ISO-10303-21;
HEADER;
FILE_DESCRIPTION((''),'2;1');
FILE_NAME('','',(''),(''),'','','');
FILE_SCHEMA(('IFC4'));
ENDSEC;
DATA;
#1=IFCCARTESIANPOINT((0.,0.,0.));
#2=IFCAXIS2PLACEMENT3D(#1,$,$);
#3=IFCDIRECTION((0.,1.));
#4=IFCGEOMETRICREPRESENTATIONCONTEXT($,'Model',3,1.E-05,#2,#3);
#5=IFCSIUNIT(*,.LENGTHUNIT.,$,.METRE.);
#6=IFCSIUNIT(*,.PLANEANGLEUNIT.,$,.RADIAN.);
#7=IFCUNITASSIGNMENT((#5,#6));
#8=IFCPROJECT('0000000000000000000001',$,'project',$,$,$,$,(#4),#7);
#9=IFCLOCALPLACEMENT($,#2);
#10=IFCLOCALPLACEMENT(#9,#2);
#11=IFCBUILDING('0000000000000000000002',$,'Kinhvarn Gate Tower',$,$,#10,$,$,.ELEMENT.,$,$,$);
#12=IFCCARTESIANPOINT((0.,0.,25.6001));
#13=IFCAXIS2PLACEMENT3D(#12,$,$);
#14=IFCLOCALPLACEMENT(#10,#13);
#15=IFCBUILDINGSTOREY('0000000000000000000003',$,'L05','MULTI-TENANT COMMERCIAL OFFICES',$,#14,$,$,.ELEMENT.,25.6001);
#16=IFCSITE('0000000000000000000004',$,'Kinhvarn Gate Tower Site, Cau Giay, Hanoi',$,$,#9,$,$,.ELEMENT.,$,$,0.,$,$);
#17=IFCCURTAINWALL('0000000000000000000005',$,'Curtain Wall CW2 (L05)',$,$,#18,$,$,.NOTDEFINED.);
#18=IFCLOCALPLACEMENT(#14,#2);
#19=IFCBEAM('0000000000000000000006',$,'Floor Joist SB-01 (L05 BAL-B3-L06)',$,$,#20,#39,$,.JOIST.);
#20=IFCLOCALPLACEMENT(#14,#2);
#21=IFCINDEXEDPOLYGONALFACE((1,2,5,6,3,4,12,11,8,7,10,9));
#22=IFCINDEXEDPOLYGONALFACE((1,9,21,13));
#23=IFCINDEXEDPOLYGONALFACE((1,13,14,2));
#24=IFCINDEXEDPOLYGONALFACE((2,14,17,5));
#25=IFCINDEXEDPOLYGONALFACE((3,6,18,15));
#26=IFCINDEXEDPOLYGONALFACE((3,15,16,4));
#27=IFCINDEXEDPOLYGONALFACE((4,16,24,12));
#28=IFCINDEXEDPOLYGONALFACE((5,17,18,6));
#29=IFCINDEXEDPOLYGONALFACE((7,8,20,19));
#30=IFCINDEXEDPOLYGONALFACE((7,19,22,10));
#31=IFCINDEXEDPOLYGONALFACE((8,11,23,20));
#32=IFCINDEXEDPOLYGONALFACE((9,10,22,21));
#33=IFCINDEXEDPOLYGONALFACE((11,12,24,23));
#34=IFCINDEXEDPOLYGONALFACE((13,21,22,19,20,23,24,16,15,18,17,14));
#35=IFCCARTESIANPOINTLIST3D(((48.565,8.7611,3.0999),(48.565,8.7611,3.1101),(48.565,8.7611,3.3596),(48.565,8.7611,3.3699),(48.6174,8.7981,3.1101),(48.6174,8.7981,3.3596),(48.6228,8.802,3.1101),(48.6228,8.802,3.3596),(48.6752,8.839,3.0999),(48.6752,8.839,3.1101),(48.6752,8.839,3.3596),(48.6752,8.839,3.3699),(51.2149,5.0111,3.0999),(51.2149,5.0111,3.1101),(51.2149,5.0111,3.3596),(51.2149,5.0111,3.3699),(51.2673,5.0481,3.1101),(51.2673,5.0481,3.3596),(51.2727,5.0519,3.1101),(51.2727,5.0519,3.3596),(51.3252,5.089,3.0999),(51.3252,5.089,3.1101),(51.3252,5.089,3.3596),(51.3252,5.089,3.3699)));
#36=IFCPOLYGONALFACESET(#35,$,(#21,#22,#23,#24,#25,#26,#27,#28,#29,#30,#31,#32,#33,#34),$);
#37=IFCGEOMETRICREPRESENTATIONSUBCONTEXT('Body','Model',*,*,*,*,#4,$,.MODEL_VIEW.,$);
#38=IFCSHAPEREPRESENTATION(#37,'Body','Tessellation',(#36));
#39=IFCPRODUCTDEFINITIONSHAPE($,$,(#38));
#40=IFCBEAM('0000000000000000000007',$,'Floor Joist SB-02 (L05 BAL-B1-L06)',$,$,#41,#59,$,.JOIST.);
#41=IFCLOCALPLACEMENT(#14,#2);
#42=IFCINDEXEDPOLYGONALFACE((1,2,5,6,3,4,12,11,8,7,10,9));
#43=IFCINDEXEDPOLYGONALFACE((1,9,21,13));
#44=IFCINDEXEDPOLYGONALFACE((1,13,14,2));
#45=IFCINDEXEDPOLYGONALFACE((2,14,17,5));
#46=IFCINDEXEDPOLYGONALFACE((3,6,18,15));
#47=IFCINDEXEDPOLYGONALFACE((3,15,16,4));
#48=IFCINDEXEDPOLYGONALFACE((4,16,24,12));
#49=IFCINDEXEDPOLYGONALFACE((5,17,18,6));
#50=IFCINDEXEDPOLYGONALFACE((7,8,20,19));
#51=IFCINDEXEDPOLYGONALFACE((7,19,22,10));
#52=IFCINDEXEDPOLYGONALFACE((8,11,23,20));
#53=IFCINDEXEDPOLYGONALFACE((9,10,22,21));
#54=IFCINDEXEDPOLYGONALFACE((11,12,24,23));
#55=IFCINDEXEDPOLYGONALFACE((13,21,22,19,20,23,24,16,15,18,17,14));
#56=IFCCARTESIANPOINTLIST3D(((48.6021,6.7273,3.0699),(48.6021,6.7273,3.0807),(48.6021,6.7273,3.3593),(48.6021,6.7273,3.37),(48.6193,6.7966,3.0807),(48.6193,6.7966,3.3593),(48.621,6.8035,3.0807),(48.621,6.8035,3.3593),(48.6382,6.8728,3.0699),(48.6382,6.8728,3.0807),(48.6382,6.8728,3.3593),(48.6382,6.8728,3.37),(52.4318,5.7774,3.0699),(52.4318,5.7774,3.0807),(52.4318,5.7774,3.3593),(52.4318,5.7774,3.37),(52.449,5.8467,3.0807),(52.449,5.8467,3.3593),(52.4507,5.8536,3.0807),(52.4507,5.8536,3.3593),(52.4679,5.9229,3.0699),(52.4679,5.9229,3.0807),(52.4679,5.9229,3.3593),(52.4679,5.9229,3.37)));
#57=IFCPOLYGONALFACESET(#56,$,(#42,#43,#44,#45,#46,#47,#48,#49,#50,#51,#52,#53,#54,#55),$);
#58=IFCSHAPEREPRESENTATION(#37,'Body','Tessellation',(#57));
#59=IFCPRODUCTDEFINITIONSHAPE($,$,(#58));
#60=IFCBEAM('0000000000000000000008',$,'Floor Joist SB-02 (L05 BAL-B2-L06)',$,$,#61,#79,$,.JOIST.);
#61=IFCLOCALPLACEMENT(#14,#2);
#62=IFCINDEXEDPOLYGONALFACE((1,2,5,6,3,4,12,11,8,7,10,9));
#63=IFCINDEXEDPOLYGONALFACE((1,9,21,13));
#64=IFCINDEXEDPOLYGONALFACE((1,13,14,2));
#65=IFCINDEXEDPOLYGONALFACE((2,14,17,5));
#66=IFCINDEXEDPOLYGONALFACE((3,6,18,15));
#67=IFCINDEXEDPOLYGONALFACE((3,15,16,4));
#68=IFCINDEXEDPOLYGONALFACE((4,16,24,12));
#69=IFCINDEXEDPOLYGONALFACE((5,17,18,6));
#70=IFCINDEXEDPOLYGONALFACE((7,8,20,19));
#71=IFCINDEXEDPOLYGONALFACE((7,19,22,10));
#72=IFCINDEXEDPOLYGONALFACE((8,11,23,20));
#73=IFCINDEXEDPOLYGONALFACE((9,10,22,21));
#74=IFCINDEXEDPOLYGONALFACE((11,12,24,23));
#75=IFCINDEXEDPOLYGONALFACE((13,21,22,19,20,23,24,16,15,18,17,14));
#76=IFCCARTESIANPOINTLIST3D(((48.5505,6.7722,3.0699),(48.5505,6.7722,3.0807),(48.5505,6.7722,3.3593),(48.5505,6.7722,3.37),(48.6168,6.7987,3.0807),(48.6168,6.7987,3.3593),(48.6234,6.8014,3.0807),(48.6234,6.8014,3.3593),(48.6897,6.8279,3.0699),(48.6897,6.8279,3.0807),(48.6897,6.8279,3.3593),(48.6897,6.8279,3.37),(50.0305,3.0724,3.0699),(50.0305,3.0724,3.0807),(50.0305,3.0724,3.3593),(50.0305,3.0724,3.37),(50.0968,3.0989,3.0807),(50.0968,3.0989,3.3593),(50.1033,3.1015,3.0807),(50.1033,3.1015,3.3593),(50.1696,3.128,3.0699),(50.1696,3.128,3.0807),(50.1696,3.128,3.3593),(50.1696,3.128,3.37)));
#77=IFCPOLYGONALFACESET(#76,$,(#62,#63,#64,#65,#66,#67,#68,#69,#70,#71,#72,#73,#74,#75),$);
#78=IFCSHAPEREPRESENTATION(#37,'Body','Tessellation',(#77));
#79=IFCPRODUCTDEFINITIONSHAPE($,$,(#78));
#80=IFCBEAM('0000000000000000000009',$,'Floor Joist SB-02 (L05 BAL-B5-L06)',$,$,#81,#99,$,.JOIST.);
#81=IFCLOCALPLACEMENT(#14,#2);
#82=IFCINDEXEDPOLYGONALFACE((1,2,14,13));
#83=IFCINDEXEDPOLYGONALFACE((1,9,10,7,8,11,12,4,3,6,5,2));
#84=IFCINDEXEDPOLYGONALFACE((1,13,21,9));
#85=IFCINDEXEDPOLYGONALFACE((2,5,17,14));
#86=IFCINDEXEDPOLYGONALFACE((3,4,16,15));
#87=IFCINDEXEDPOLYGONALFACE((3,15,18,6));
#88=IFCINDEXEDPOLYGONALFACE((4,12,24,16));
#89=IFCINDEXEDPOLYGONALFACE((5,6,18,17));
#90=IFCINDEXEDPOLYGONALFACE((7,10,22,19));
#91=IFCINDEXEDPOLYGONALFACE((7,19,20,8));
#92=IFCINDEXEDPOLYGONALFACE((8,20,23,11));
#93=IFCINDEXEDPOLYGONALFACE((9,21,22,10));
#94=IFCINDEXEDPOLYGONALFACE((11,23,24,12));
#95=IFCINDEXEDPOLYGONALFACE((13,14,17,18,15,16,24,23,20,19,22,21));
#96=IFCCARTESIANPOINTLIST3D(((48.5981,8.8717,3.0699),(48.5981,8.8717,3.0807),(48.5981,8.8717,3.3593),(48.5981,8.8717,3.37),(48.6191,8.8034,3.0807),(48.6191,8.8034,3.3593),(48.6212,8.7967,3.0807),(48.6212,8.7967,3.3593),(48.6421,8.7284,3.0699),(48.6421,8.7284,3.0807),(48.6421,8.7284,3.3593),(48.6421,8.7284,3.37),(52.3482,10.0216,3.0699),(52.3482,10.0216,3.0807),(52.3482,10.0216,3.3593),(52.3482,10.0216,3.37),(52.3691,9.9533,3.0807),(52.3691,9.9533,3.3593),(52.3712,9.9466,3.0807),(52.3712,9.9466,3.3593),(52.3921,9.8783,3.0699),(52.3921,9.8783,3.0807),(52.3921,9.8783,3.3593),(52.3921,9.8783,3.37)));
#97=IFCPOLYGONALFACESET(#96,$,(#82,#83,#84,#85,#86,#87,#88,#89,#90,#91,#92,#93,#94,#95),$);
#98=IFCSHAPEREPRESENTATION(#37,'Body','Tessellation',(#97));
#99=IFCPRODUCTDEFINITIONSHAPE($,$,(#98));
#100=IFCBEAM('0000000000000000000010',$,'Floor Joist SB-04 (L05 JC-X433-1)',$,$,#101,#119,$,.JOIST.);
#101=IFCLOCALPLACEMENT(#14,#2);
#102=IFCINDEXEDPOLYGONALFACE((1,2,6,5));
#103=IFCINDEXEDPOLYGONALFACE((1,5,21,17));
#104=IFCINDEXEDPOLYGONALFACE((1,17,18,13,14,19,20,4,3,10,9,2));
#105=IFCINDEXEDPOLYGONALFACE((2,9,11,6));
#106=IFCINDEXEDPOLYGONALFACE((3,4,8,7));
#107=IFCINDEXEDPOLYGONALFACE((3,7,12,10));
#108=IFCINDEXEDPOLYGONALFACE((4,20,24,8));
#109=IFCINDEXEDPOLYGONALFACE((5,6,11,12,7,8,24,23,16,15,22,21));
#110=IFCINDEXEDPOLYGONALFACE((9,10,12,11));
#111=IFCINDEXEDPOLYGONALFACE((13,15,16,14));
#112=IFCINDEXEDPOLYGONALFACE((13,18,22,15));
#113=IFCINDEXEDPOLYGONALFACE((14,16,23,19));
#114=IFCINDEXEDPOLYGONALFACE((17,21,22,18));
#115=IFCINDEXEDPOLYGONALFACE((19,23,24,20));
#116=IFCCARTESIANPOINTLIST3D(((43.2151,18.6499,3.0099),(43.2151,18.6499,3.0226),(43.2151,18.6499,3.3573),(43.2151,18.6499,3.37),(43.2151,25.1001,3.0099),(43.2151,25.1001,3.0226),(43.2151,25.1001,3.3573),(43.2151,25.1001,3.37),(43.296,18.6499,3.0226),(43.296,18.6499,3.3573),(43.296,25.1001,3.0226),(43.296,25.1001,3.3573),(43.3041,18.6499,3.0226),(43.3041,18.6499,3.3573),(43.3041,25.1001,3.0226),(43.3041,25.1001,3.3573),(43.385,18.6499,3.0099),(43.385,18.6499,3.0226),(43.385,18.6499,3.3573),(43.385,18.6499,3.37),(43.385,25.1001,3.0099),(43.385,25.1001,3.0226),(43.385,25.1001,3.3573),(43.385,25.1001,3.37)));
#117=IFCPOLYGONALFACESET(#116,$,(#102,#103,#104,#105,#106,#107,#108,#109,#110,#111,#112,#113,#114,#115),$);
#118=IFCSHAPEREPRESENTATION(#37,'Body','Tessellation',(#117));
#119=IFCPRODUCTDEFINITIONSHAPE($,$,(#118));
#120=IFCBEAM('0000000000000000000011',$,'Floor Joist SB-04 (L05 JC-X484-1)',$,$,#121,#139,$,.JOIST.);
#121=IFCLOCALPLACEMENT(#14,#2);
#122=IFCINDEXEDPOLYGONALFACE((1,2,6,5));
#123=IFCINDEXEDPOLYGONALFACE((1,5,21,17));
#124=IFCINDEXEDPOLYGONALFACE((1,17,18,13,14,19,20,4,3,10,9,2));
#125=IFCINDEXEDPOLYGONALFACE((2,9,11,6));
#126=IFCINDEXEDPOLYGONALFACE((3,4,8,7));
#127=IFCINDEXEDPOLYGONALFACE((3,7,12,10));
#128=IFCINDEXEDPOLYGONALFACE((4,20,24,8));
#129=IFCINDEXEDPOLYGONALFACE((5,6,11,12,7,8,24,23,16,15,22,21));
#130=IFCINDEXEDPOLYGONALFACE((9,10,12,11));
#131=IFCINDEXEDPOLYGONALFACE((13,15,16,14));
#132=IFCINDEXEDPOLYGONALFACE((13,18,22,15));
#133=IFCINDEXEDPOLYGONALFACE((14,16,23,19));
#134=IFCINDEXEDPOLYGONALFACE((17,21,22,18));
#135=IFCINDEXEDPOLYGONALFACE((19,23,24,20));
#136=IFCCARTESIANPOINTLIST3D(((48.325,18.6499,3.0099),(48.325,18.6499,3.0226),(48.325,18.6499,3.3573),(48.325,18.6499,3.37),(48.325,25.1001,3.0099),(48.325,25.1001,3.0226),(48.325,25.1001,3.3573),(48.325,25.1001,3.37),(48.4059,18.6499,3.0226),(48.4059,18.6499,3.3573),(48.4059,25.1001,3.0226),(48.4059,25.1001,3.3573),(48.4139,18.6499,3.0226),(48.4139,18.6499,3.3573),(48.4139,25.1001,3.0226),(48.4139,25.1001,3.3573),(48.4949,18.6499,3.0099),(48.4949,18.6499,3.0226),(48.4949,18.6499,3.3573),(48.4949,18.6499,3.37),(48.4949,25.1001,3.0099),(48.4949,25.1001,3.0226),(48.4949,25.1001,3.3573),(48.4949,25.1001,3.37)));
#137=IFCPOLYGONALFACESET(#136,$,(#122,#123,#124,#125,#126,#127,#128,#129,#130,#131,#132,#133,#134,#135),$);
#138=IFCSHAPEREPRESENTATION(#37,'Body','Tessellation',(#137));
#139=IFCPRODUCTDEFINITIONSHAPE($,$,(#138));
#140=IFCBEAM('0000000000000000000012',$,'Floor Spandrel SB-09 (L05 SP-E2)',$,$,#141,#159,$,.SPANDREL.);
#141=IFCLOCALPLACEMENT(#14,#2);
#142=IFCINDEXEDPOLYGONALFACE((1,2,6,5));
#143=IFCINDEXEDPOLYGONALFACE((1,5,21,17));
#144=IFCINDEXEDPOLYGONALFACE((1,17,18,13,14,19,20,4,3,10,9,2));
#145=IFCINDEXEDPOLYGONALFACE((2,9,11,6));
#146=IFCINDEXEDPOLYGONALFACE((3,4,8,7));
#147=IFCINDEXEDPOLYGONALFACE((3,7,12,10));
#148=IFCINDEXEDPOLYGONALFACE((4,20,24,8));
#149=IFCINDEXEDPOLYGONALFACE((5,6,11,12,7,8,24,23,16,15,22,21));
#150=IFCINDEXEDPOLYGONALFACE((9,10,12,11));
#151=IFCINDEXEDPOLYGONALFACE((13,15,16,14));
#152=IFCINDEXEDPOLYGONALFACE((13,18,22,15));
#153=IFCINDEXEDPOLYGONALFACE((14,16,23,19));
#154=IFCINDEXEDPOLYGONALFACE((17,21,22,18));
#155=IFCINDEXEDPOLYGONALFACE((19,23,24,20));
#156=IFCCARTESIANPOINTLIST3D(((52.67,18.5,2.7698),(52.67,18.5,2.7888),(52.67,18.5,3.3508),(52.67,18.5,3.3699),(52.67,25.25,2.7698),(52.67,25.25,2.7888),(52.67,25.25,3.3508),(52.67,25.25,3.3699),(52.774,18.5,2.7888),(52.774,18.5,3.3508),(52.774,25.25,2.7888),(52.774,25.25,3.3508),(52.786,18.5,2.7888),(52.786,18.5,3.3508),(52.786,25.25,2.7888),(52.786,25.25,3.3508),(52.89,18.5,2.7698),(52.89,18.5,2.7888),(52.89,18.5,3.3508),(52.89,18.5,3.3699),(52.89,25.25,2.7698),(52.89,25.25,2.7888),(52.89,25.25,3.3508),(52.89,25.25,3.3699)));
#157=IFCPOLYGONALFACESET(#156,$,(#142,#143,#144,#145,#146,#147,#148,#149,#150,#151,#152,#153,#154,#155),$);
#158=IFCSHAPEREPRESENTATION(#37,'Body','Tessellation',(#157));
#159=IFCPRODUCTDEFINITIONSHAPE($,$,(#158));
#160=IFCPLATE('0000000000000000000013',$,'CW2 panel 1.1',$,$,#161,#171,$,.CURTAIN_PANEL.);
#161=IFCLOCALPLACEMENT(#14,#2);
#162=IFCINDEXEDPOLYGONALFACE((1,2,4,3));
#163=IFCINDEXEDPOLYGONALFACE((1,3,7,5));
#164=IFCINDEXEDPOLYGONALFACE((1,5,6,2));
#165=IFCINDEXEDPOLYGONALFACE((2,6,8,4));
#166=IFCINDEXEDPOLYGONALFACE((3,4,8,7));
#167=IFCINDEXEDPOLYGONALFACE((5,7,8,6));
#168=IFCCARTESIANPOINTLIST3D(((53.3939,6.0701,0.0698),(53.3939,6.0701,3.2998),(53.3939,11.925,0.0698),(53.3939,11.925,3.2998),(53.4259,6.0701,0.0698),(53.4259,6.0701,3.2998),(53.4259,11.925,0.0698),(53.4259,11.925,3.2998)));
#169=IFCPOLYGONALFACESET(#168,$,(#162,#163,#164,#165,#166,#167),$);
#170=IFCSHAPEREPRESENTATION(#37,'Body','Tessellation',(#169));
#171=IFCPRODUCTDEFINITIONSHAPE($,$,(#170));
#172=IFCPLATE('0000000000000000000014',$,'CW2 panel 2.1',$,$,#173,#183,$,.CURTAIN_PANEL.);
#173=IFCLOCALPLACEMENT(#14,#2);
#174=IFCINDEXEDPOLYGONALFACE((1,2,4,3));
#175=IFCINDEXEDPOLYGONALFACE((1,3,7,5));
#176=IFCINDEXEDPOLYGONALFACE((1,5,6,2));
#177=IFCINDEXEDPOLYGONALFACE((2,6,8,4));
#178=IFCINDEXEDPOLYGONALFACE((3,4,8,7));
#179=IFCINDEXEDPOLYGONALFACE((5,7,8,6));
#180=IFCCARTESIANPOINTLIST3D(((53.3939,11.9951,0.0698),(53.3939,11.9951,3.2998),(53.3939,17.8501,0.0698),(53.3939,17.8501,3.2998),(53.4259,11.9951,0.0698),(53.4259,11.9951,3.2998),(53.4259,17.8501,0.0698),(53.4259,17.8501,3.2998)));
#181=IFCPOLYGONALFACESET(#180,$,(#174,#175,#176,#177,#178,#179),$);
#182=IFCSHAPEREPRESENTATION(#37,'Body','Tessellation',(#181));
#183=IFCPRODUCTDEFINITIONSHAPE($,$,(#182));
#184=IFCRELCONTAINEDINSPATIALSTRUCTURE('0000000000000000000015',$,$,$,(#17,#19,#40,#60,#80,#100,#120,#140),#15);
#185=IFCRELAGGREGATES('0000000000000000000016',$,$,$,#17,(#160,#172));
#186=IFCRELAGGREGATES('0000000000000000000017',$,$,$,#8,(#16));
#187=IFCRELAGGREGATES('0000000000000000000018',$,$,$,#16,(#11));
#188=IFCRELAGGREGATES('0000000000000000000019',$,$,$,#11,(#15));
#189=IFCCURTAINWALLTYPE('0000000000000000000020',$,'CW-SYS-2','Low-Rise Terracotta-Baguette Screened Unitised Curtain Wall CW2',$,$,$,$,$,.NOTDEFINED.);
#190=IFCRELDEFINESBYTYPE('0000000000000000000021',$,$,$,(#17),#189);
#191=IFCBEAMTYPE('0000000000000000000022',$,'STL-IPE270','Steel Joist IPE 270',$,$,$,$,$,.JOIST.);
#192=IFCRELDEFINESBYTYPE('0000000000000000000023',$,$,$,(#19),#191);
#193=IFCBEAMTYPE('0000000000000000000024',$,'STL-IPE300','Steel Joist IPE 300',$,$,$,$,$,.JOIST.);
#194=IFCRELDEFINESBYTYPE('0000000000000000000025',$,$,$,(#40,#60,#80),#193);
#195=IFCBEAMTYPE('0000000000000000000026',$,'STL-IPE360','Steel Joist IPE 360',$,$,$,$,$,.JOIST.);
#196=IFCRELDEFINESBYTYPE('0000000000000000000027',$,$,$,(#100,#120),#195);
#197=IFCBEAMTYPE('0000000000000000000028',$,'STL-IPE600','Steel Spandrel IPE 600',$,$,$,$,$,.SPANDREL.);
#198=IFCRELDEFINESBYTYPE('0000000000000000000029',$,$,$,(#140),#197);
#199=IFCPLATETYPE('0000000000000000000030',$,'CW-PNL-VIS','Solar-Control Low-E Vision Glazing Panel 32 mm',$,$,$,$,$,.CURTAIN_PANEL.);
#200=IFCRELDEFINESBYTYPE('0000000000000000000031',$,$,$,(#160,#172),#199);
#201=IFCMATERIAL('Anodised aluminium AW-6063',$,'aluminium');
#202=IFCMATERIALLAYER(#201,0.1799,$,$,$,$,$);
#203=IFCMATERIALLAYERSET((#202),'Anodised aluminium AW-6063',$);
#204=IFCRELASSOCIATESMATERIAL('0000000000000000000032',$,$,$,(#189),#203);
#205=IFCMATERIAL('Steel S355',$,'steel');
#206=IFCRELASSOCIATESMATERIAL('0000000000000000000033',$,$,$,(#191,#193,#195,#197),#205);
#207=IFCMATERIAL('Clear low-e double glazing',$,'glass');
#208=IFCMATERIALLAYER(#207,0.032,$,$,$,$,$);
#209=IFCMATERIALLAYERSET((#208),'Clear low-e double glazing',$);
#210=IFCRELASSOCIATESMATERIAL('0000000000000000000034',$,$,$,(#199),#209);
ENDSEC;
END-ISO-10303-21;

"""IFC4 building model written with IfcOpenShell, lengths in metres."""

from ifc_helpers import new_model, si_unit, direction, frame, origin, origin_2d, place, context, subcontext, project, spatial, rectangle, i_section, extrude, material, layer, layer_set, material_profile, profile_set, type_object, element, aggregate, save


model = new_model("IFC4")

# Units and contexts
model_context = context("Model", 3, precision=1e-05, world=origin(), true_north=direction((0.0, 1.0)))
body_context = subcontext(model_context, "Body", "Model", "MODEL_VIEW")
ifc_project = project(units=[si_unit("LENGTHUNIT", "METRE"), si_unit("PLANEANGLEUNIT", "RADIAN")], contexts=[model_context])

# Site, building, storey
site_placement = place(None, origin())
site = spatial("IfcSite", under=ifc_project, at=site_placement, Name="Kinhvarn Gate Tower Site, Cau Giay, Hanoi", CompositionType="ELEMENT", RefElevation=0.0)
building_placement = place(site_placement, origin())
building = spatial("IfcBuilding", under=site, at=building_placement, Name="Kinhvarn Gate Tower", CompositionType="ELEMENT")
storey_placement = place(building_placement, frame((0.0, 0.0, 25.6001)))
storey = spatial("IfcBuildingStorey", under=building, at=storey_placement, Name="L05", Description="MULTI-TENANT COMMERCIAL OFFICES", CompositionType="ELEMENT", Elevation=25.6001)

# Curtain wall
ifc_material_1 = material(Name="Anodised aluminium AW-6063", Category="aluminium")
ifc_layer_1 = layer(ifc_material_1, 0.1799)
ifc_layer_set_1 = layer_set([ifc_layer_1], Name="Anodised aluminium AW-6063")
curtain_wall_type = type_object("IfcCurtainWallType", Name="CW-SYS-2", Description="Low-Rise Terracotta-Baguette Screened Unitised Curtain Wall CW2", PredefinedType="NOTDEFINED", material=ifc_layer_set_1)
curtain_wall_1_placement = place(storey_placement, origin())
curtain_wall_1 = element("IfcCurtainWall", 1, at=curtain_wall_1_placement, inside=storey, type_object=curtain_wall_type, Name="Curtain Wall CW2 (L05)", PredefinedType="NOTDEFINED")

# Beams
ifc_material_2 = material(Name="Steel S355", Category="steel")
ifc_material_profile_1 = material_profile(ifc_material_2, i_section(OverallWidth=0.135, OverallDepth=0.27, WebThickness=0.0066, FlangeThickness=0.0103, at=origin_2d()), Name="IPE 270")
ifc_profile_set_1 = profile_set([ifc_material_profile_1], Name="Steel S355")
beam_type_1 = type_object("IfcBeamType", Name="STL-IPE270", Description="Steel Joist IPE 270", PredefinedType="JOIST", material=ifc_profile_set_1)
beam_1_placement = place(storey_placement, frame((48.6201, 8.8, 3.2349), z_axis=(0.577096, -0.816676, 0.0), x_axis=(0.816676, 0.577096, 0.0)))
element("IfcBeam", 2, at=beam_1_placement, inside=storey, type_object=beam_type_1, Name="Floor Joist SB-01 (L05 BAL-B3-L06)", PredefinedType="JOIST", context=body_context, shape_type="SweptSolid", body=[
    extrude(i_section(OverallWidth=0.135, OverallDepth=0.27, WebThickness=0.0066, FlangeThickness=0.0103, at=origin_2d()), origin(), (0.0, 0.0, 1.0), 4.5918),
])
ifc_material_profile_2 = material_profile(ifc_material_2, i_section(OverallWidth=0.1499, OverallDepth=0.3, WebThickness=0.0071, FlangeThickness=0.0107, at=origin_2d()), Name="IPE 300")
ifc_profile_set_2 = profile_set([ifc_material_profile_2], Name="Steel S355")
beam_type_2 = type_object("IfcBeamType", Name="STL-IPE300", Description="Steel Joist IPE 300", PredefinedType="JOIST", material=ifc_profile_set_2)
beam_2_placement = place(storey_placement, frame((48.6201, 6.8, 3.22), z_axis=(0.970589, -0.240745, 0.0), x_axis=(0.240745, 0.970589, 0.0)))
element("IfcBeam", 3, at=beam_2_placement, inside=storey, type_object=beam_type_2, Name="Floor Joist SB-02 (L05 BAL-B1-L06)", PredefinedType="JOIST", context=body_context, shape_type="SweptSolid", body=[
    extrude(i_section(OverallWidth=0.1499, OverallDepth=0.3, WebThickness=0.0071, FlangeThickness=0.0107, at=origin_2d()), origin(), (0.0, 0.0, 1.0), 3.9458),
])
beam_3_placement = place(storey_placement, frame((48.6201, 6.8, 3.22), z_axis=(0.371391, -0.928477, 0.0), x_axis=(0.928477, 0.371391, 0.0)))
element("IfcBeam", 4, at=beam_3_placement, inside=storey, type_object=beam_type_2, Name="Floor Joist SB-02 (L05 BAL-B2-L06)", PredefinedType="JOIST", context=body_context, shape_type="SweptSolid", body=[
    extrude(i_section(OverallWidth=0.1499, OverallDepth=0.3, WebThickness=0.0071, FlangeThickness=0.0107, at=origin_2d()), origin(), (0.0, 0.0, 1.0), 3.9849),
])
beam_4_placement = place(storey_placement, frame((48.6201, 8.8, 3.22), z_axis=(0.956061, 0.293167, 0.0), x_axis=(-0.293167, 0.956061, 0.0)))
element("IfcBeam", 5, at=beam_4_placement, inside=storey, type_object=beam_type_2, Name="Floor Joist SB-02 (L05 BAL-B5-L06)", PredefinedType="JOIST", context=body_context, shape_type="SweptSolid", body=[
    extrude(i_section(OverallWidth=0.1499, OverallDepth=0.3, WebThickness=0.0071, FlangeThickness=0.0107, at=origin_2d()), origin(), (0.0, 0.0, 1.0), 3.9224),
])
ifc_material_profile_3 = material_profile(ifc_material_2, i_section(OverallWidth=0.1699, OverallDepth=0.3601, WebThickness=0.0081, FlangeThickness=0.0127, at=origin_2d()), Name="IPE 360")
ifc_profile_set_3 = profile_set([ifc_material_profile_3], Name="Steel S355")
beam_type_3 = type_object("IfcBeamType", Name="STL-IPE360", Description="Steel Joist IPE 360", PredefinedType="JOIST", material=ifc_profile_set_3)
for number, where, z_axis, x_axis, name in (
    (6, (43.3, 18.6499, 3.1899), (0.0, 1.0, 0.0), (-1.0, 0.0, 0.0), "Floor Joist SB-04 (L05 JC-X433-1)"),
    (7, (48.4099, 18.6499, 3.1899), (0.0, 1.0, 0.0), (-1.0, 0.0, 0.0), "Floor Joist SB-04 (L05 JC-X484-1)"),
):
    element("IfcBeam", number, at=place(storey_placement, frame(where, z_axis=z_axis, x_axis=x_axis)), inside=storey, type_object=beam_type_3, Name=name, PredefinedType="JOIST", context=body_context, shape_type="SweptSolid", body=[
        extrude(i_section(OverallWidth=0.1699, OverallDepth=0.3601, WebThickness=0.0081, FlangeThickness=0.0127, at=origin_2d()), origin(), (0.0, 0.0, 1.0), 6.4502),
    ])
ifc_material_profile_4 = material_profile(ifc_material_2, i_section(OverallWidth=0.22, OverallDepth=0.6001, WebThickness=0.012, FlangeThickness=0.019, at=origin_2d()), Name="IPE 600")
ifc_profile_set_4 = profile_set([ifc_material_profile_4], Name="Steel S355")
beam_type_4 = type_object("IfcBeamType", Name="STL-IPE600", Description="Steel Spandrel IPE 600", PredefinedType="SPANDREL", material=ifc_profile_set_4)
beam_5_placement = place(storey_placement, frame((52.78, 18.5, 3.0698), z_axis=(0.0, 1.0, 0.0), x_axis=(-1.0, 0.0, 0.0)))
element("IfcBeam", 8, at=beam_5_placement, inside=storey, type_object=beam_type_4, Name="Floor Spandrel SB-09 (L05 SP-E2)", PredefinedType="SPANDREL", context=body_context, shape_type="SweptSolid", body=[
    extrude(i_section(OverallWidth=0.22, OverallDepth=0.6001, WebThickness=0.012, FlangeThickness=0.019, at=origin_2d()), origin(), (0.0, 0.0, 1.0), 6.75),
])

# Plates
ifc_material_3 = material(Name="Clear low-e double glazing", Category="glass")
ifc_layer_2 = layer(ifc_material_3, 0.032)
ifc_layer_set_2 = layer_set([ifc_layer_2], Name="Clear low-e double glazing")
plate_type = type_object("IfcPlateType", Name="CW-PNL-VIS", Description="Solar-Control Low-E Vision Glazing Panel 32 mm", PredefinedType="CURTAIN_PANEL", material=ifc_layer_set_2)
plate_1_placement = place(storey_placement, frame((53.4099, 8.9976, 0.0698), z_axis=(0.0, 0.0, 1.0), x_axis=(0.0, 1.0, 0.0)))
plate_1 = element("IfcPlate", 9, at=plate_1_placement, type_object=plate_type, Name="CW2 panel 1.1", PredefinedType="CURTAIN_PANEL", context=body_context, shape_type="SweptSolid", body=[
    extrude(rectangle(XDim=5.855, YDim=0.032, at=origin_2d()), origin(), (0.0, 0.0, 1.0), 3.23),
])
plate_2_placement = place(storey_placement, frame((53.4099, 14.9226, 0.0698), z_axis=(0.0, 0.0, 1.0), x_axis=(0.0, 1.0, 0.0)))
plate_2 = element("IfcPlate", 10, at=plate_2_placement, type_object=plate_type, Name="CW2 panel 2.1", PredefinedType="CURTAIN_PANEL", context=body_context, shape_type="SweptSolid", body=[
    extrude(rectangle(XDim=5.855, YDim=0.032, at=origin_2d()), origin(), (0.0, 0.0, 1.0), 3.23),
])
aggregate(curtain_wall_1, [plate_1, plate_2])

save(model, "model.ifc")
